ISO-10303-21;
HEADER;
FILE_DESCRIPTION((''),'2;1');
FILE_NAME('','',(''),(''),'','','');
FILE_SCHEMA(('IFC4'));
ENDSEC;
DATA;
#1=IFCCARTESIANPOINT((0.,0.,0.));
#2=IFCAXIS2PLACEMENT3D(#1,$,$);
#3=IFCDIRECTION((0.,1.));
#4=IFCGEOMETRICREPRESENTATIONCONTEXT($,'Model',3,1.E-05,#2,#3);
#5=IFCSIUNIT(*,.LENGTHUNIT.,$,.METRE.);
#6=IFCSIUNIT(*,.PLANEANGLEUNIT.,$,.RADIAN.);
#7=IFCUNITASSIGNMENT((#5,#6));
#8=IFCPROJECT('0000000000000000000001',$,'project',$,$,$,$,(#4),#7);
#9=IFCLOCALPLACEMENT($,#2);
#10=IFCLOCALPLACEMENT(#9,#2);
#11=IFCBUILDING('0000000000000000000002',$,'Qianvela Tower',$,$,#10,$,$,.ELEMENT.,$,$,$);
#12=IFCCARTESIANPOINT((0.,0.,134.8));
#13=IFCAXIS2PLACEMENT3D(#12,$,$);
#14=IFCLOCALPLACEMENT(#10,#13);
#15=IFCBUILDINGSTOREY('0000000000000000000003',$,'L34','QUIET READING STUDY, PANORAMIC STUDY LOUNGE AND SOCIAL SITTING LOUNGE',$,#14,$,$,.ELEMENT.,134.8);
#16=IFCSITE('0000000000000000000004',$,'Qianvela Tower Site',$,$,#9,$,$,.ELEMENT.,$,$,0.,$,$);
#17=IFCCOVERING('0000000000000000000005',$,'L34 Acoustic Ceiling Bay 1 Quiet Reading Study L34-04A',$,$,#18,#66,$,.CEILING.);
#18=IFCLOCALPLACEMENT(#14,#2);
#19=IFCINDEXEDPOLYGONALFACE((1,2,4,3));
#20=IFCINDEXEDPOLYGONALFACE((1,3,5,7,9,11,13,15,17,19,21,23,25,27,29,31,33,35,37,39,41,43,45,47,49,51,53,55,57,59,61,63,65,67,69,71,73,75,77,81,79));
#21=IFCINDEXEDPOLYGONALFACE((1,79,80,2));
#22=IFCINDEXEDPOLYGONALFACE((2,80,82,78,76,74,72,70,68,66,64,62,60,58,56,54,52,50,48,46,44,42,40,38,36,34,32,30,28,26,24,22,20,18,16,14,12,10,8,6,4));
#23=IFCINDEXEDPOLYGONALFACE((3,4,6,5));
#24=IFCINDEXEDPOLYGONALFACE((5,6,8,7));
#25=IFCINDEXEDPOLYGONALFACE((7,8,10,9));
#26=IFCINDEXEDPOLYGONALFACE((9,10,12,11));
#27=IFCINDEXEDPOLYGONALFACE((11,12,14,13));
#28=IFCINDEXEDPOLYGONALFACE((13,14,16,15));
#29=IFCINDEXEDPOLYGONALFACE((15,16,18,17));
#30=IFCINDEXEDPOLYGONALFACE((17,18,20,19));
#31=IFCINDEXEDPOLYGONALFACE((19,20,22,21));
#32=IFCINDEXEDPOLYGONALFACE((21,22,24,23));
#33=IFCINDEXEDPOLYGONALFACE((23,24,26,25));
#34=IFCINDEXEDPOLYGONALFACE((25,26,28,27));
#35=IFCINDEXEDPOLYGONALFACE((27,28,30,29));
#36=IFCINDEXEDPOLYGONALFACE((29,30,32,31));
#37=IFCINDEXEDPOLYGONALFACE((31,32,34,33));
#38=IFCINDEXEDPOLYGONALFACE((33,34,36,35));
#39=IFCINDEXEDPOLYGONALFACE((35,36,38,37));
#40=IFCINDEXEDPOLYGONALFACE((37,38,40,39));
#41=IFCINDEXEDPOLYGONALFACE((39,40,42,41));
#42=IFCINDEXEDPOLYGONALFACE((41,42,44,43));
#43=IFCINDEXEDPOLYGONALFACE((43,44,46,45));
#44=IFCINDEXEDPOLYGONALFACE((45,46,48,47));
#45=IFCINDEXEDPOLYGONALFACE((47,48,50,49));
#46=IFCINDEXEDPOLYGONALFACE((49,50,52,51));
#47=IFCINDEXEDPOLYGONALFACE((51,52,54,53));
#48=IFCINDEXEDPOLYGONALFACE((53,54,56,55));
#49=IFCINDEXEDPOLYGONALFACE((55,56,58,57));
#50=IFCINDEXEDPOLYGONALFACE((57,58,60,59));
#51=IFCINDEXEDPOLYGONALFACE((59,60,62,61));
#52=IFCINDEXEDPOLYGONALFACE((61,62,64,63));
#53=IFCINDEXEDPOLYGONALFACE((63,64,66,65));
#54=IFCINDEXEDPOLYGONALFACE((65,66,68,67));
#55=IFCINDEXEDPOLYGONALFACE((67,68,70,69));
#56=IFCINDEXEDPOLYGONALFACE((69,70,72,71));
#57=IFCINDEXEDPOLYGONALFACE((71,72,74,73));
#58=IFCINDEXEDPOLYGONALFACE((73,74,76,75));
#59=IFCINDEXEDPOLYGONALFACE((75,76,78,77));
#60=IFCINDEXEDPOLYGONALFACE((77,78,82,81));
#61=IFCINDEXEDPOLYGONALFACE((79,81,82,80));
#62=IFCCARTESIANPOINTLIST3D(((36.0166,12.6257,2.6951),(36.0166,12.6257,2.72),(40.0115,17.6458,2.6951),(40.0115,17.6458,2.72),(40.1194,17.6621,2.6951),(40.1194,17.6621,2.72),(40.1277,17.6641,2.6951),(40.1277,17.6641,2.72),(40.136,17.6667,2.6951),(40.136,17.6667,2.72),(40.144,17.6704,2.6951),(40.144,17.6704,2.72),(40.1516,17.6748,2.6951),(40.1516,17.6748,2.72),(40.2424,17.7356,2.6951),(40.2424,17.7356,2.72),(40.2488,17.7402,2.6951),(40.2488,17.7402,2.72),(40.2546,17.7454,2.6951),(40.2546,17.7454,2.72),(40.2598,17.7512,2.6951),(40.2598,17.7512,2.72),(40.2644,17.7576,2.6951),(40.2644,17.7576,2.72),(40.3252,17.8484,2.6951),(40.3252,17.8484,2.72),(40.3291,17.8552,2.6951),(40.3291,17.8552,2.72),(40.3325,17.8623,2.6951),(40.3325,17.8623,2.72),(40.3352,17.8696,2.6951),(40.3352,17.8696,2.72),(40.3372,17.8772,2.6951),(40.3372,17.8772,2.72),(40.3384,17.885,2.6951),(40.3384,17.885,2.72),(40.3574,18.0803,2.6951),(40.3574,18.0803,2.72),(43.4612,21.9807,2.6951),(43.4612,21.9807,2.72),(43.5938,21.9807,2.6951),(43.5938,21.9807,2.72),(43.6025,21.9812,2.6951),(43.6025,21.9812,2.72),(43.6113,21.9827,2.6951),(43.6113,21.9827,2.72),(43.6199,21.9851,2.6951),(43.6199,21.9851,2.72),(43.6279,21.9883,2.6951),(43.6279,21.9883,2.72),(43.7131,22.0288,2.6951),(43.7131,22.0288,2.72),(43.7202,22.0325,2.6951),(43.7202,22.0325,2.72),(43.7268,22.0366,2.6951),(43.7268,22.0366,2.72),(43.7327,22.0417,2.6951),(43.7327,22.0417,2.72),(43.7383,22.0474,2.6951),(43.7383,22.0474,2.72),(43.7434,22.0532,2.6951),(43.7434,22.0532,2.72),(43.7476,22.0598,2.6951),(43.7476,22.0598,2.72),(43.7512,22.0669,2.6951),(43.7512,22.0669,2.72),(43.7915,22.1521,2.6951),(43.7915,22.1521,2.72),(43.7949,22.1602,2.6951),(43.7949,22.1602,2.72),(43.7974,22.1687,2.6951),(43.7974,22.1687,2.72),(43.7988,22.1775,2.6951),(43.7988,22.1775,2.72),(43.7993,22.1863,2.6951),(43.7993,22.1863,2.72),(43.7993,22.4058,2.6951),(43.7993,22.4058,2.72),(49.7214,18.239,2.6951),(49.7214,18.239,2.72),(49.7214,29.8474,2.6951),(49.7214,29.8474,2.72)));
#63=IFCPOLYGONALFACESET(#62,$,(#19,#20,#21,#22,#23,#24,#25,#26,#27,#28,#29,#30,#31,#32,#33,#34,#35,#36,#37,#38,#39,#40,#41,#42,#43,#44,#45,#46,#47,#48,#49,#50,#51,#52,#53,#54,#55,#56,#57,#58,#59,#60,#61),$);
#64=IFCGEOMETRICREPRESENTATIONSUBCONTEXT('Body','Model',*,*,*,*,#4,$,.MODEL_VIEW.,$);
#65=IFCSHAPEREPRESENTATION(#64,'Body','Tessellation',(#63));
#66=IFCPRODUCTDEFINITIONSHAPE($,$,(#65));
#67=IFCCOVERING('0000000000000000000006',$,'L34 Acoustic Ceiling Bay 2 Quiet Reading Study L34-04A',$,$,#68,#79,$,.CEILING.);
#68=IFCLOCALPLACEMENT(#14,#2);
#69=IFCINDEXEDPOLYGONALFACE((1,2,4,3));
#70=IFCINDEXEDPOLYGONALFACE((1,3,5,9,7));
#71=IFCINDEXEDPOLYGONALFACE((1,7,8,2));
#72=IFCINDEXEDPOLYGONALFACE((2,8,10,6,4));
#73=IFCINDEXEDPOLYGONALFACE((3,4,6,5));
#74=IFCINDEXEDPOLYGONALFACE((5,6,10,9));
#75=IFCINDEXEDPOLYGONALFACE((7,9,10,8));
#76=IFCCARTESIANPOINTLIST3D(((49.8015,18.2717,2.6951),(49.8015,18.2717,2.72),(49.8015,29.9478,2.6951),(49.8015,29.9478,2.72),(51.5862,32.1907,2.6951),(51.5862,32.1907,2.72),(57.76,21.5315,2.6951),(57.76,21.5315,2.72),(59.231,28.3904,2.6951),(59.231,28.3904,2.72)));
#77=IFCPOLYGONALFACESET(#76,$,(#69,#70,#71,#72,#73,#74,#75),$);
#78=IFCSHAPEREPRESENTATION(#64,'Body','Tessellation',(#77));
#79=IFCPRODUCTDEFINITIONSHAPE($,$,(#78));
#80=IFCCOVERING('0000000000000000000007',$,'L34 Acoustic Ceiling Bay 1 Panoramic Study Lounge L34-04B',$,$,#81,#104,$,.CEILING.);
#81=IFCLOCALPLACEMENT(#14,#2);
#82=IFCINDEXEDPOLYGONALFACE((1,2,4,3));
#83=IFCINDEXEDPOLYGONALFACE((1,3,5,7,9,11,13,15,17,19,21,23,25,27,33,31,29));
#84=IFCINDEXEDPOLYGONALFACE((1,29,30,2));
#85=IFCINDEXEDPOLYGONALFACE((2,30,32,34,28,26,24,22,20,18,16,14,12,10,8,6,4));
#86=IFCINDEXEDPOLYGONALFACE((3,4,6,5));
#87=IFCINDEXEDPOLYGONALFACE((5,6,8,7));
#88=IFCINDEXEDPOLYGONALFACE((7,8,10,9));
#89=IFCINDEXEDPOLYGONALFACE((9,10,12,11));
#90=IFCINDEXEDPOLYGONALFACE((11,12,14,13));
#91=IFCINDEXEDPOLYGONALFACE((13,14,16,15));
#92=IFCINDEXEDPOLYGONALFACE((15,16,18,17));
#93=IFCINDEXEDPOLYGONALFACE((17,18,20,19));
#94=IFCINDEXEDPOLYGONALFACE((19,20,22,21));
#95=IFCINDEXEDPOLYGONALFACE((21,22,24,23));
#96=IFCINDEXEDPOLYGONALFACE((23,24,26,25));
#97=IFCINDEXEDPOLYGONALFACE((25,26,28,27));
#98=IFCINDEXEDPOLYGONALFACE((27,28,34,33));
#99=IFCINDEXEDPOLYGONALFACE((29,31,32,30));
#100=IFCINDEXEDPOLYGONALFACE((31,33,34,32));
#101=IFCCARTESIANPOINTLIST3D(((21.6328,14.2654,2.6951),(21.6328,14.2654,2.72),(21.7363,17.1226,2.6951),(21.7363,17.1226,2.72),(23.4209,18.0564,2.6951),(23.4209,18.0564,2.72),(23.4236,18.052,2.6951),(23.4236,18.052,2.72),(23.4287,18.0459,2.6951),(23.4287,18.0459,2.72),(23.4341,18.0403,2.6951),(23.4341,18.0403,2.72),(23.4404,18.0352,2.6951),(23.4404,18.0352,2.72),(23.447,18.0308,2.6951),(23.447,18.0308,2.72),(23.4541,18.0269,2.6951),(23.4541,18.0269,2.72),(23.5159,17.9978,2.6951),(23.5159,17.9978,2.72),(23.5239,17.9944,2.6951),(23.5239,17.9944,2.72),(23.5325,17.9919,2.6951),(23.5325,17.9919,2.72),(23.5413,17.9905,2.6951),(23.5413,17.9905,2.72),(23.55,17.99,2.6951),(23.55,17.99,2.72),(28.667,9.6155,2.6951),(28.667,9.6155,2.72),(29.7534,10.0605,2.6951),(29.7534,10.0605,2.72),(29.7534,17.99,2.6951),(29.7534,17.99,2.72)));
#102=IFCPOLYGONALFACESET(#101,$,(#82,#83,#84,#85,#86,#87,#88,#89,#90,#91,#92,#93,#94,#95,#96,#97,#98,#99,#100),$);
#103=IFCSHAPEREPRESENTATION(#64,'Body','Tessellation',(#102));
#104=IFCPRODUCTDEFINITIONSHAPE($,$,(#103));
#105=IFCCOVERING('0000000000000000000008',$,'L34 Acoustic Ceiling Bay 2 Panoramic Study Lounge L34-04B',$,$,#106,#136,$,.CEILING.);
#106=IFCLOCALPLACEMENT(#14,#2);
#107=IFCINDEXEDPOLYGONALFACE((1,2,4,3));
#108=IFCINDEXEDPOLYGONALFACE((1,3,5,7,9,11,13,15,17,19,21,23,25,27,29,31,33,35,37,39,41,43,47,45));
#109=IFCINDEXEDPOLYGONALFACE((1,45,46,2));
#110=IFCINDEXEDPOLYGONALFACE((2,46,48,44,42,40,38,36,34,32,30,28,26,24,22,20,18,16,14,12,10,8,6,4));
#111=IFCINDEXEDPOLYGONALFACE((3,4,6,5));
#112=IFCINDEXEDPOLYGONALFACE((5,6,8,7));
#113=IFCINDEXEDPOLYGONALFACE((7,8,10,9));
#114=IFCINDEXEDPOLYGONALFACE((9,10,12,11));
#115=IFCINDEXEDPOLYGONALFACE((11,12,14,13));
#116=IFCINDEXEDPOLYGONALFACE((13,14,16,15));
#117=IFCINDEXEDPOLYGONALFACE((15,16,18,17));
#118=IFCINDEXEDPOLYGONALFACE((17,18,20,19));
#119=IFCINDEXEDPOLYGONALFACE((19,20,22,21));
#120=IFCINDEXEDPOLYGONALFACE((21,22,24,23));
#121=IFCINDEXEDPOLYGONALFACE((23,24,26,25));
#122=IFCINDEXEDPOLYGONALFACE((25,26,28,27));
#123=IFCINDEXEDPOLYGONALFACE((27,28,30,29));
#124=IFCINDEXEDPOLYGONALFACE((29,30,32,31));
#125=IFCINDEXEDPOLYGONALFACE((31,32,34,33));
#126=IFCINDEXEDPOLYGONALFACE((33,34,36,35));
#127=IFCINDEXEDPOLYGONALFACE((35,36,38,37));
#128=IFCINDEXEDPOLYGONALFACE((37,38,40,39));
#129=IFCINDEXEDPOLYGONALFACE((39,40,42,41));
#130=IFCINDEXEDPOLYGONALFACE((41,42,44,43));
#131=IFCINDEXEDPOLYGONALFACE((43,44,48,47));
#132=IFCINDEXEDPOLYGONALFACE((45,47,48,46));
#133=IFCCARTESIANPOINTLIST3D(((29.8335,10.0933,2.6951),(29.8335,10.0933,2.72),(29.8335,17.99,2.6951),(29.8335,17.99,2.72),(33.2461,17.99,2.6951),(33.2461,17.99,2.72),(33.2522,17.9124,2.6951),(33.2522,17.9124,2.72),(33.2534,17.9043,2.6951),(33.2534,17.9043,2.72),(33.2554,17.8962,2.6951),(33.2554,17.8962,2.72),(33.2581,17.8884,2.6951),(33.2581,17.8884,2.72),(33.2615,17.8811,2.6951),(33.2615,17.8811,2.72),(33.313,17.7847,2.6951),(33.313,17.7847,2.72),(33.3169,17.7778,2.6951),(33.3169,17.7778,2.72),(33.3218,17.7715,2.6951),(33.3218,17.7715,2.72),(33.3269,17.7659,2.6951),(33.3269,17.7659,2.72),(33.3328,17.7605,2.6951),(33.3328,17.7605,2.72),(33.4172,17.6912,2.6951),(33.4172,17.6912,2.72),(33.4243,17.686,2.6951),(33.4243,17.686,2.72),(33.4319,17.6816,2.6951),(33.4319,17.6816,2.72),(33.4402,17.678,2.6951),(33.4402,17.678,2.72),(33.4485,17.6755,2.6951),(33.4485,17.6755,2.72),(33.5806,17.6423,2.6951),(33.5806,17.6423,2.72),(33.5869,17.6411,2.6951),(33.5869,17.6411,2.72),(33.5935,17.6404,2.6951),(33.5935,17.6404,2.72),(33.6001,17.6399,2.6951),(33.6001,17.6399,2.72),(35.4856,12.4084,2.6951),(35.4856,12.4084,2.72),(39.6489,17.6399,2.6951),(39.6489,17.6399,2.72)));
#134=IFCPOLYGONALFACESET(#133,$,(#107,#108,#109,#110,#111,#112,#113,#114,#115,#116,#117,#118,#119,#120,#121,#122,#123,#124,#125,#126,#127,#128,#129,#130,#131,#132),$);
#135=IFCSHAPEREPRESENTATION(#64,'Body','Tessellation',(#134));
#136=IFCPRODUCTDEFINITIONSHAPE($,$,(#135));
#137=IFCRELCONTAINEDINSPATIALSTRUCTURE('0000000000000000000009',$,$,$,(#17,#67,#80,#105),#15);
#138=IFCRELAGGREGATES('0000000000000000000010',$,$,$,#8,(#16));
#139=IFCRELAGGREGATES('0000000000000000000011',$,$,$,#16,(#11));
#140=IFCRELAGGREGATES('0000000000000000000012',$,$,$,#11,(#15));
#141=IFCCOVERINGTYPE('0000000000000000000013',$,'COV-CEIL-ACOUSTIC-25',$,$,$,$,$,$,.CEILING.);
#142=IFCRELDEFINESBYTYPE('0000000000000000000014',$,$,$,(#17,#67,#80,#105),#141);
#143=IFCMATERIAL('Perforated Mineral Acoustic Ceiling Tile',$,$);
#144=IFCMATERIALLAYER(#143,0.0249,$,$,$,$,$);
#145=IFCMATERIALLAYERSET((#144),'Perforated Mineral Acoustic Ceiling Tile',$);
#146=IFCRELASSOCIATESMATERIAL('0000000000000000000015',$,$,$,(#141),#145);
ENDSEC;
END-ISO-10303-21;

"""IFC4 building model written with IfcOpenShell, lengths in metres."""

from ifc_helpers import new_model, si_unit, direction, frame, origin, place, context, subcontext, project, spatial, polyline, outline, extrude, material, layer, layer_set, type_object, element, save


model = new_model("IFC4")

# Units and contexts
model_context = context("Model", 3, precision=1e-05, world=origin(), true_north=direction((0.0, 1.0)))
body_context = subcontext(model_context, "Body", "Model", "MODEL_VIEW")
ifc_project = project(units=[si_unit("LENGTHUNIT", "METRE"), si_unit("PLANEANGLEUNIT", "RADIAN")], contexts=[model_context])

# Site, building, storey
site_placement = place(None, origin())
site = spatial("IfcSite", under=ifc_project, at=site_placement, Name="Qianvela Tower Site", CompositionType="ELEMENT", RefElevation=0.0)
building_placement = place(site_placement, origin())
building = spatial("IfcBuilding", under=site, at=building_placement, Name="Qianvela Tower", CompositionType="ELEMENT")
storey_placement = place(building_placement, frame((0.0, 0.0, 134.8)))
storey = spatial("IfcBuildingStorey", under=building, at=storey_placement, Name="L34", Description="QUIET READING STUDY, PANORAMIC STUDY LOUNGE AND SOCIAL SITTING LOUNGE", CompositionType="ELEMENT", Elevation=134.8)

# Coverings
ifc_material_1 = material(Name="Perforated Mineral Acoustic Ceiling Tile")
ifc_layer_1 = layer(ifc_material_1, 0.0249)
ifc_layer_set_1 = layer_set([ifc_layer_1], Name="Perforated Mineral Acoustic Ceiling Tile")
covering_type_1 = type_object("IfcCoveringType", Name="COV-CEIL-ACOUSTIC-25", PredefinedType="CEILING", material=ifc_layer_set_1)
covering_1_placement = place(storey_placement, frame((0.0, 0.0, 2.6951)))
element("IfcCovering", 1, at=covering_1_placement, inside=storey, type_object=covering_type_1, Name="L34 Acoustic Ceiling Bay 1 Quiet Reading Study L34-04A", PredefinedType="CEILING", context=body_context, shape_type="SweptSolid", body=[
    extrude(outline(polyline([(40.1194, 17.6621), (40.1277, 17.6641), (40.136, 17.6667), (40.144, 17.6704), (40.1516, 17.6748), (40.2424, 17.7356), (40.2488, 17.7402), (40.2546, 17.7454), (40.2598, 17.7512), (40.2644, 17.7576), (40.3252, 17.8484), (40.3291, 17.8552), (40.3325, 17.8623), (40.3352, 17.8696), (40.3372, 17.8772), (40.3384, 17.885), (40.3574, 18.0803), (43.4612, 21.9807), (43.5938, 21.9807), (43.6025, 21.9812), (43.6113, 21.9827), (43.6199, 21.9851), (43.6279, 21.9883), (43.7131, 22.0288), (43.7202, 22.0325), (43.7268, 22.0366), (43.7327, 22.0417), (43.7383, 22.0474), (43.7434, 22.0532), (43.7476, 22.0598), (43.7512, 22.0669), (43.7915, 22.1521), (43.7949, 22.1602), (43.7974, 22.1687), (43.7988, 22.1775), (43.7993, 22.1863), (43.7993, 22.4058), (49.7214, 29.8474), (49.7214, 18.239), (36.0166, 12.6257), (40.0115, 17.6458), (40.1194, 17.6621)])), origin(), (0.0, 0.0, 1.0), 0.0249),
])
covering_2_placement = place(storey_placement, frame((0.0, 0.0, 2.6951)))
element("IfcCovering", 2, at=covering_2_placement, inside=storey, type_object=covering_type_1, Name="L34 Acoustic Ceiling Bay 2 Quiet Reading Study L34-04A", PredefinedType="CEILING", context=body_context, shape_type="SweptSolid", body=[
    extrude(outline(polyline([(51.5862, 32.1907), (59.231, 28.3904), (57.76, 21.5315), (49.8015, 18.2717), (49.8015, 29.9478), (51.5862, 32.1907)])), origin(), (0.0, 0.0, 1.0), 0.0249),
])
covering_3_placement = place(storey_placement, frame((0.0, 0.0, 2.6951)))
element("IfcCovering", 3, at=covering_3_placement, inside=storey, type_object=covering_type_1, Name="L34 Acoustic Ceiling Bay 1 Panoramic Study Lounge L34-04B", PredefinedType="CEILING", context=body_context, shape_type="SweptSolid", body=[
    extrude(outline(polyline([(21.7363, 17.1226), (23.4209, 18.0564), (23.4236, 18.052), (23.4287, 18.0459), (23.4341, 18.0403), (23.4404, 18.0352), (23.447, 18.0308), (23.4541, 18.0269), (23.5159, 17.9978), (23.5239, 17.9944), (23.5325, 17.9919), (23.5413, 17.9905), (23.55, 17.99), (29.7534, 17.99), (29.7534, 10.0605), (28.667, 9.6155), (21.6328, 14.2654), (21.7363, 17.1226)])), origin(), (0.0, 0.0, 1.0), 0.0249),
])
covering_4_placement = place(storey_placement, frame((0.0, 0.0, 2.6951)))
element("IfcCovering", 4, at=covering_4_placement, inside=storey, type_object=covering_type_1, Name="L34 Acoustic Ceiling Bay 2 Panoramic Study Lounge L34-04B", PredefinedType="CEILING", context=body_context, shape_type="SweptSolid", body=[
    extrude(outline(polyline([(33.2461, 17.99), (33.2522, 17.9124), (33.2534, 17.9043), (33.2554, 17.8962), (33.2581, 17.8884), (33.2615, 17.8811), (33.313, 17.7847), (33.3169, 17.7778), (33.3218, 17.7715), (33.3269, 17.7659), (33.3328, 17.7605), (33.4172, 17.6912), (33.4243, 17.686), (33.4319, 17.6816), (33.4402, 17.678), (33.4485, 17.6755), (33.5806, 17.6423), (33.5869, 17.6411), (33.5935, 17.6404), (33.6001, 17.6399), (39.6489, 17.6399), (35.4856, 12.4084), (29.8335, 10.0933), (29.8335, 17.99), (33.2461, 17.99)])), origin(), (0.0, 0.0, 1.0), 0.0249),
])

save(model, "model.ifc")
